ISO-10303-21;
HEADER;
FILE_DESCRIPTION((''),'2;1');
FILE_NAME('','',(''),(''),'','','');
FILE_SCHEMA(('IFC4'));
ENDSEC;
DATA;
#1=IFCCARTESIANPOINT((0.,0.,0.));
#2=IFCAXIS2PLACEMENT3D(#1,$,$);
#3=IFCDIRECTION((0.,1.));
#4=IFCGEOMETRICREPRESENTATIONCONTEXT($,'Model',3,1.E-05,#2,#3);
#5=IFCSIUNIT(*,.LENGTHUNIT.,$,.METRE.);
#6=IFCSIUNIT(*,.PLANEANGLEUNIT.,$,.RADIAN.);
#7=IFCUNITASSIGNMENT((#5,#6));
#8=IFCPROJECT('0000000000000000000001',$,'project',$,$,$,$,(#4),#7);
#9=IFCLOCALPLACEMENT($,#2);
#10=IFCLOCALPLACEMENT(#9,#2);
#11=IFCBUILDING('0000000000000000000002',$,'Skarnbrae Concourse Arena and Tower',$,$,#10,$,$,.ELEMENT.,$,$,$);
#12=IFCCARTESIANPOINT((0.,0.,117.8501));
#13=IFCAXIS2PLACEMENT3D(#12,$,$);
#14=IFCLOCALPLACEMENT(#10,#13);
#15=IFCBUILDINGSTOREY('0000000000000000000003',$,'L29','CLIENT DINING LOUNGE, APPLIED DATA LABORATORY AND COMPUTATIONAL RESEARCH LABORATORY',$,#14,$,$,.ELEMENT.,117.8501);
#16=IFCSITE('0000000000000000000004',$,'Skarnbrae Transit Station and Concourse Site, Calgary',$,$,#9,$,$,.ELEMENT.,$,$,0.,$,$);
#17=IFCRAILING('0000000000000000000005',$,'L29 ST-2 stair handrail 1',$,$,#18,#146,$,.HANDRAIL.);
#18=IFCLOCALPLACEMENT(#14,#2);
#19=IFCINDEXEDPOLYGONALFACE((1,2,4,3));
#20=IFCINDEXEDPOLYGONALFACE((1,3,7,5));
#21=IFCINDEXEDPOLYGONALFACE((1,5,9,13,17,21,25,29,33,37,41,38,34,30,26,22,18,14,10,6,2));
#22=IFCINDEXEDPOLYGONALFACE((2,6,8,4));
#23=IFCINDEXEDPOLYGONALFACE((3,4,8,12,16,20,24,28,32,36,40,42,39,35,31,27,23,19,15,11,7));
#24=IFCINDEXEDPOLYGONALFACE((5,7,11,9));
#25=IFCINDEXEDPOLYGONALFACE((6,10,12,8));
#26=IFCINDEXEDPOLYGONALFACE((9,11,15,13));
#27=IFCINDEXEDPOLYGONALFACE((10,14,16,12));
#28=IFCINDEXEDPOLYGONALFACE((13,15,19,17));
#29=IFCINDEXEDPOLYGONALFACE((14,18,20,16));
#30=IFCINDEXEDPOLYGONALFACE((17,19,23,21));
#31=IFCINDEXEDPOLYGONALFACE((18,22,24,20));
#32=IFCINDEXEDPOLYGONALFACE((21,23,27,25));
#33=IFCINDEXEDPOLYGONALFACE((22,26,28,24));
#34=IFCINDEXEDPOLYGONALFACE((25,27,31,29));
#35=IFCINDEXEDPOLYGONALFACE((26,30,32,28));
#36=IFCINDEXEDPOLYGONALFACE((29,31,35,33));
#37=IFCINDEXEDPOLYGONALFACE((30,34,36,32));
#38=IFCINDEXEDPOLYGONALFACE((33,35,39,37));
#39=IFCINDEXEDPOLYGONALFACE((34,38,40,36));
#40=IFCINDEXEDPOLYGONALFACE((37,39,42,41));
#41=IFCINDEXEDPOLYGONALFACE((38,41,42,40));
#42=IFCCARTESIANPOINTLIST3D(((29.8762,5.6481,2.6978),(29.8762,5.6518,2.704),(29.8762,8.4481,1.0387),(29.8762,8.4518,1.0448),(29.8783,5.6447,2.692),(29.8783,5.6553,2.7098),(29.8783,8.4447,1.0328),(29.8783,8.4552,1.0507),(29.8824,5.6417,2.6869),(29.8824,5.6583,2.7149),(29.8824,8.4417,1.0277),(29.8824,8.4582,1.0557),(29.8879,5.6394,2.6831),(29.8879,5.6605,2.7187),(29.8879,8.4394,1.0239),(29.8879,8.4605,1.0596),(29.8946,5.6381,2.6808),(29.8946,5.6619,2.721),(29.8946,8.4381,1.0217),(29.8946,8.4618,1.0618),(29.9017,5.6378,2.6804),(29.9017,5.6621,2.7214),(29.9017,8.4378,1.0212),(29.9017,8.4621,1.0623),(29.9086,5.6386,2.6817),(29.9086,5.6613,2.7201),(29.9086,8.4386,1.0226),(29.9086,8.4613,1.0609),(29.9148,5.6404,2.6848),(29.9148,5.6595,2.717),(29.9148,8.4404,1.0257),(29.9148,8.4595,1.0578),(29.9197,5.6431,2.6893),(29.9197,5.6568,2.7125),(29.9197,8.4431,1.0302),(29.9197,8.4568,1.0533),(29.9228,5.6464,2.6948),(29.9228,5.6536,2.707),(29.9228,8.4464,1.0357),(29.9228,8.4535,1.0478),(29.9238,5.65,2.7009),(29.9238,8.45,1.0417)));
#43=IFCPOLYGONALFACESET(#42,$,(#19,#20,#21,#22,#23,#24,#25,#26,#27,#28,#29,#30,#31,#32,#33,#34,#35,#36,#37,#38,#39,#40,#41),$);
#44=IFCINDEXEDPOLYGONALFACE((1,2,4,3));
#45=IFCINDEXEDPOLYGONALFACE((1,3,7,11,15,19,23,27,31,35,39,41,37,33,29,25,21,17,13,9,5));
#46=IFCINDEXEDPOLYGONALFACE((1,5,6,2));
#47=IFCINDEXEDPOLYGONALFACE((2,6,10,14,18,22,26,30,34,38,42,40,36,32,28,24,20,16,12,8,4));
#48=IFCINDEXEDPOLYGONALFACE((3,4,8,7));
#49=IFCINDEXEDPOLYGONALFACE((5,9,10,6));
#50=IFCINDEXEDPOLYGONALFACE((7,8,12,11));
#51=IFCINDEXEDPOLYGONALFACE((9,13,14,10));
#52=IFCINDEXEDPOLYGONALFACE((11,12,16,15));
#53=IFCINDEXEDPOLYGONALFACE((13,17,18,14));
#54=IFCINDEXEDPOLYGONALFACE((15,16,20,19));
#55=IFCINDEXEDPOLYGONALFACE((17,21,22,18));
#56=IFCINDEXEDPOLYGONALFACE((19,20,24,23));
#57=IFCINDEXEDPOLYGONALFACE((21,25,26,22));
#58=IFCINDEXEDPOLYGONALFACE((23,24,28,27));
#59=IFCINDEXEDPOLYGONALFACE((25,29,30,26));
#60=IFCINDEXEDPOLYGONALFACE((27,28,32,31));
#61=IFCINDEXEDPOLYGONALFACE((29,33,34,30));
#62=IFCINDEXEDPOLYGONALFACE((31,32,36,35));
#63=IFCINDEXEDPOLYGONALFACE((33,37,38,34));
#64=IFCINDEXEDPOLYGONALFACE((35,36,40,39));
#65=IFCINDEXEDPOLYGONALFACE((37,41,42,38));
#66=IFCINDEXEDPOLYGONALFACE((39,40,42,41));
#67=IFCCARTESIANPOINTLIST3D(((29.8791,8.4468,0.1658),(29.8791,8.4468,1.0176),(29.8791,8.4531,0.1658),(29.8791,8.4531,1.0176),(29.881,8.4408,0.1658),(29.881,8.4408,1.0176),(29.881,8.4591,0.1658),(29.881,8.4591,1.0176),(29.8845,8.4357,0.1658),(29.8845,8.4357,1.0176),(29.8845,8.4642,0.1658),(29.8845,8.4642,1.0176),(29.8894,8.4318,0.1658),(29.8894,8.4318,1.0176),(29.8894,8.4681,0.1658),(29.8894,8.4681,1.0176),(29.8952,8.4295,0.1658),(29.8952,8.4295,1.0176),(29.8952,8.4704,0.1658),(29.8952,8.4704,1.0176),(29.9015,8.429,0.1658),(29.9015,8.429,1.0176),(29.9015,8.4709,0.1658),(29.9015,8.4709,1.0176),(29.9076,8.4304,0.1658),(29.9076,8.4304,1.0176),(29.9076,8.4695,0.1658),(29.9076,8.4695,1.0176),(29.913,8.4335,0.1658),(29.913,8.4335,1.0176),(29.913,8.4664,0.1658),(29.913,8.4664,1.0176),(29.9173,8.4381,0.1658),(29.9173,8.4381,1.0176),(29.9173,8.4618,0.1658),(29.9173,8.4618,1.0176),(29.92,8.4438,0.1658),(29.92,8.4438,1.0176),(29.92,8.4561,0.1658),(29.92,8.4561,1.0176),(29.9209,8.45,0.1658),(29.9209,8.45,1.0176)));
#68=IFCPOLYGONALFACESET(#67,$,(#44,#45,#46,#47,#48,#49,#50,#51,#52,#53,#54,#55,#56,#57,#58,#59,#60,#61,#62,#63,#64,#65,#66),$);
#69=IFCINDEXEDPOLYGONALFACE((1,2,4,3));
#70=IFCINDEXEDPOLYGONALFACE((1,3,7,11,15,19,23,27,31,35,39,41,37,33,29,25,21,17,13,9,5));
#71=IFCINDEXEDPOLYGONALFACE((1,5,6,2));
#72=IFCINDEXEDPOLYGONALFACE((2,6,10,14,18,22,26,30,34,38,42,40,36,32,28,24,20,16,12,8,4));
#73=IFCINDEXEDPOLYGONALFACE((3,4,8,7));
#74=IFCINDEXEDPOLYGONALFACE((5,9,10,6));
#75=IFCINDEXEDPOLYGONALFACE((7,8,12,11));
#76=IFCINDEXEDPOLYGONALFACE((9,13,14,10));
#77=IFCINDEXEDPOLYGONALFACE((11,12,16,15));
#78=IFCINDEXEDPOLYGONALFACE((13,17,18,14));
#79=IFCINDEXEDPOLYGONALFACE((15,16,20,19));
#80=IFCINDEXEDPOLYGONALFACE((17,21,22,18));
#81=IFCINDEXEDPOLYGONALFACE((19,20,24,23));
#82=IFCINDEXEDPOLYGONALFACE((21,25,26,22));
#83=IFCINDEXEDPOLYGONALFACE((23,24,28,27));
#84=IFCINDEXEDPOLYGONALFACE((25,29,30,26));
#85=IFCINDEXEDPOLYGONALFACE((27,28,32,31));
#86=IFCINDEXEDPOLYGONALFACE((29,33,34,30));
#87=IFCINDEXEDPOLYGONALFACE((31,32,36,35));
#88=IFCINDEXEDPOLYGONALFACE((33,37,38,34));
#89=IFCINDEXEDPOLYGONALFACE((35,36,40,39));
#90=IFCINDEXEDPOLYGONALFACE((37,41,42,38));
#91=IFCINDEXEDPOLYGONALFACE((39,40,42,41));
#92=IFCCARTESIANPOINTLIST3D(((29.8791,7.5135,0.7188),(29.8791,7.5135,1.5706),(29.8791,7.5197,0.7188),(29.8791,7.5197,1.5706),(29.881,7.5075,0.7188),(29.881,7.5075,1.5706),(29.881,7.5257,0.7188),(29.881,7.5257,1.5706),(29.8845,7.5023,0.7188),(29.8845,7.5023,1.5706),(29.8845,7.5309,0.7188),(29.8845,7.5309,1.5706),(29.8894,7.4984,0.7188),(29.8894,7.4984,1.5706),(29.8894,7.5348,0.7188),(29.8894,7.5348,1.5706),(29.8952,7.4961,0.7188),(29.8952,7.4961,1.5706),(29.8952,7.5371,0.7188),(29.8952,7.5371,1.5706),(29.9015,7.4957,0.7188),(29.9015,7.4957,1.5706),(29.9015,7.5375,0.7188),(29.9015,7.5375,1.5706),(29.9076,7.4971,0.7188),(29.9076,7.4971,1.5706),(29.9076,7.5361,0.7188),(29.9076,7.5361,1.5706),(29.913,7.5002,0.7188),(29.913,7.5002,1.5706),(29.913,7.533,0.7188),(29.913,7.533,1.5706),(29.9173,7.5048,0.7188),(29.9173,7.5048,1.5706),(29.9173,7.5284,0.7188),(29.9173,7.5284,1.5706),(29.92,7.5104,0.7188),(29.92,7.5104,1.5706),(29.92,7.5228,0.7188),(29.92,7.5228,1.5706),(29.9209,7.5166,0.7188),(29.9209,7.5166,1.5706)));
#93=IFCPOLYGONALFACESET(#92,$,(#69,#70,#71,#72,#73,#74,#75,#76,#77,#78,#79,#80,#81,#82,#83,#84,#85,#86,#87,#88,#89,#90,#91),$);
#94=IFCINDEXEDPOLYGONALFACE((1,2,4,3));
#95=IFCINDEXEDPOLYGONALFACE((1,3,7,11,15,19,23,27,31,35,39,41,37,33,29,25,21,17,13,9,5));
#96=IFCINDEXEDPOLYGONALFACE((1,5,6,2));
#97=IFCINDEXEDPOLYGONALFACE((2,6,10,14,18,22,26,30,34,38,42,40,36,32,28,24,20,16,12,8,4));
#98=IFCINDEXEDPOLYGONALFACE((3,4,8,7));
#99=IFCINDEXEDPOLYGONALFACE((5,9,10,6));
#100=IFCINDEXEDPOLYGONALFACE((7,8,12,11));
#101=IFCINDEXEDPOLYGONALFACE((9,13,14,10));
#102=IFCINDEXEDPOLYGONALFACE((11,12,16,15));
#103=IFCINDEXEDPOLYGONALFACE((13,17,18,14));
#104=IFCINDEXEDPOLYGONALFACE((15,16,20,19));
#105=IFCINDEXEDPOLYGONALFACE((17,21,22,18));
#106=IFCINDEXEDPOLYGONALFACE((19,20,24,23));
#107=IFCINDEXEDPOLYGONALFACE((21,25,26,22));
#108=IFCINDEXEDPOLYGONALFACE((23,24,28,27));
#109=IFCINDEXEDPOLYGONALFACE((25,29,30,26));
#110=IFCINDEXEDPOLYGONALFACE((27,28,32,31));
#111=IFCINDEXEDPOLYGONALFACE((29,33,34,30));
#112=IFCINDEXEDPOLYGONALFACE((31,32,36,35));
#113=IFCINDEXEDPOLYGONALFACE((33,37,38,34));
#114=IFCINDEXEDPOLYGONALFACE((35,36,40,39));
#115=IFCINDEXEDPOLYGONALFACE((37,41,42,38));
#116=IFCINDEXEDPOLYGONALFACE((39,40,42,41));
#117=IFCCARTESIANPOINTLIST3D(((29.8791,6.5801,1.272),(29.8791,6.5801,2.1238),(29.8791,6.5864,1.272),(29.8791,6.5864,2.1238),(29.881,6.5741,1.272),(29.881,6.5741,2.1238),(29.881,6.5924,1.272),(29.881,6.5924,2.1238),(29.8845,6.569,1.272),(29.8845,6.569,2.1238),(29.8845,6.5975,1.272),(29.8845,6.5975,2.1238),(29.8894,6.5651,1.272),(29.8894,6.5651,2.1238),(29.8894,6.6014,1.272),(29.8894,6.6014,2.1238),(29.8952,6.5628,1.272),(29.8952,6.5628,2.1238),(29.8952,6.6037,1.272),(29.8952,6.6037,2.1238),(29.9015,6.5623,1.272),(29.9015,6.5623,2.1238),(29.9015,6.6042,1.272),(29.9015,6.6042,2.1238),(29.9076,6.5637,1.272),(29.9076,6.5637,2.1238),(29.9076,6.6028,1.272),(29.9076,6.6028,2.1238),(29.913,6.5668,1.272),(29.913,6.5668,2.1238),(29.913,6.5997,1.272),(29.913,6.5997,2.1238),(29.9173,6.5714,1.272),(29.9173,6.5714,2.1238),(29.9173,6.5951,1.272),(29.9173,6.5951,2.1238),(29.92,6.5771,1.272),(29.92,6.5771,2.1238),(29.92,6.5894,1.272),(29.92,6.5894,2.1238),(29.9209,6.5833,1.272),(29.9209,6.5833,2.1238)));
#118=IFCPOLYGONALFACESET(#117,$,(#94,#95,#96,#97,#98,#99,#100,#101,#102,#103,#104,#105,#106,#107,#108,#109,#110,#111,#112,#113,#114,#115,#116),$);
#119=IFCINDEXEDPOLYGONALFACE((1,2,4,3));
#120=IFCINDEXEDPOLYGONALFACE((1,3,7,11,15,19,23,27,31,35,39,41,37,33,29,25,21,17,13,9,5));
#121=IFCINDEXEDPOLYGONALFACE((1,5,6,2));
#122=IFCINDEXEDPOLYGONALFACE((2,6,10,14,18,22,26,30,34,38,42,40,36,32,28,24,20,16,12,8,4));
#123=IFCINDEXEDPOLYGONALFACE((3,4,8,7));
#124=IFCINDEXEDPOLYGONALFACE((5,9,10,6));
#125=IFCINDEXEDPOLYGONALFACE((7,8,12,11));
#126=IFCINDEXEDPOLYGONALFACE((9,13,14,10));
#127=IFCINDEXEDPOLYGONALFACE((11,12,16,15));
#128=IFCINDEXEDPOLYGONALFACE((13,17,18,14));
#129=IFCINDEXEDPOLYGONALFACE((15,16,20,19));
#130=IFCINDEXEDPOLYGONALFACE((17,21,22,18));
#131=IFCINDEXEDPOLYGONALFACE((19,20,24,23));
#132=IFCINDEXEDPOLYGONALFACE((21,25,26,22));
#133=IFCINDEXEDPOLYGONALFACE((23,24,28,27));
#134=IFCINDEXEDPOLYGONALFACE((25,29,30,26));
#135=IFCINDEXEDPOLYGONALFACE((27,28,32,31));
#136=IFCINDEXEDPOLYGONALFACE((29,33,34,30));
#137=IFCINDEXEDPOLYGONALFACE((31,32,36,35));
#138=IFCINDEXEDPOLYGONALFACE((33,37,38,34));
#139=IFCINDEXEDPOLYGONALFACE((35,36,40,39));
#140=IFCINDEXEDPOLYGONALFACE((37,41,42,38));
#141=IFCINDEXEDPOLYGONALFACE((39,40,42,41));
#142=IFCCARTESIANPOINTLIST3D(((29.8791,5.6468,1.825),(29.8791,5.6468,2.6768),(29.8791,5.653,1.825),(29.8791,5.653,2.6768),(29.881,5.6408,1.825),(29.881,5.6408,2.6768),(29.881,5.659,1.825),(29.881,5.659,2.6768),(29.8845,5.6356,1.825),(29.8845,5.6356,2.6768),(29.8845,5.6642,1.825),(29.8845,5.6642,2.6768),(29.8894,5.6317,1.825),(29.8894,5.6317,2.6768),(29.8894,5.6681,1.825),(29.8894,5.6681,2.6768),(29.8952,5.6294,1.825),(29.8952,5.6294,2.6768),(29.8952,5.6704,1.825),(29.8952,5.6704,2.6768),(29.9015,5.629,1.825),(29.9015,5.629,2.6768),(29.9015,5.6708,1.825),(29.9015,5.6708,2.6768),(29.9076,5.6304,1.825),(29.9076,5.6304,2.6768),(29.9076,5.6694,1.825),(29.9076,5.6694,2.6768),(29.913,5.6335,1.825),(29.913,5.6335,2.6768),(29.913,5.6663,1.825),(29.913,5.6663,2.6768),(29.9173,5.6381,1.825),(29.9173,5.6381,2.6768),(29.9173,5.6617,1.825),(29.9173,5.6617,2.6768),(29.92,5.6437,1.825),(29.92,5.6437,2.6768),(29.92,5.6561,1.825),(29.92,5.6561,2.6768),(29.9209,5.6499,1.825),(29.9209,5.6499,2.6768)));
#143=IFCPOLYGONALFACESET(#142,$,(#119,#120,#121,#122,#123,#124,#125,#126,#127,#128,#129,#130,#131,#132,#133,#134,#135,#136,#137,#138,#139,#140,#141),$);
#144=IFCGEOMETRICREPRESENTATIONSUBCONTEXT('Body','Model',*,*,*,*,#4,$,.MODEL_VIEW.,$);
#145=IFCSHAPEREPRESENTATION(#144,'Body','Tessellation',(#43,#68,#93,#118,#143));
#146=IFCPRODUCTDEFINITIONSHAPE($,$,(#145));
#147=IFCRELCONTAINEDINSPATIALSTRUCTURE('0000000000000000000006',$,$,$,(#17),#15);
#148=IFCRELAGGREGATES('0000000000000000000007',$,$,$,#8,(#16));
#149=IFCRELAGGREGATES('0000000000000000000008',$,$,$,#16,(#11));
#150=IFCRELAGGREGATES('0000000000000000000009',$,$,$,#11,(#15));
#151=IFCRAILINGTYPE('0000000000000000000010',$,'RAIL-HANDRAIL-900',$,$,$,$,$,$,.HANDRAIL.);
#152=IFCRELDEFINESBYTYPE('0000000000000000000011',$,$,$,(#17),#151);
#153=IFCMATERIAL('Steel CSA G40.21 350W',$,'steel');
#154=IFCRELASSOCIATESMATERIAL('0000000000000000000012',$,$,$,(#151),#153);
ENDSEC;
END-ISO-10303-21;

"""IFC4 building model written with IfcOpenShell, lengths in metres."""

from ifc_helpers import new_model, si_unit, direction, frame, origin, origin_2d, place, context, subcontext, project, spatial, circle, extrude, material, type_object, element, save


model = new_model("IFC4")

# Units and contexts
model_context = context("Model", 3, precision=1e-05, world=origin(), true_north=direction((0.0, 1.0)))
body_context = subcontext(model_context, "Body", "Model", "MODEL_VIEW")
ifc_project = project(units=[si_unit("LENGTHUNIT", "METRE"), si_unit("PLANEANGLEUNIT", "RADIAN")], contexts=[model_context])

# Site, building, storey
site_placement = place(None, origin())
site = spatial("IfcSite", under=ifc_project, at=site_placement, Name="Skarnbrae Transit Station and Concourse Site, Calgary", CompositionType="ELEMENT", RefElevation=0.0)
building_placement = place(site_placement, origin())
building = spatial("IfcBuilding", under=site, at=building_placement, Name="Skarnbrae Concourse Arena and Tower", CompositionType="ELEMENT")
storey_placement = place(building_placement, frame((0.0, 0.0, 117.8501)))
storey = spatial("IfcBuildingStorey", under=building, at=storey_placement, Name="L29", Description="CLIENT DINING LOUNGE, APPLIED DATA LABORATORY AND COMPUTATIONAL RESEARCH LABORATORY", CompositionType="ELEMENT", Elevation=117.8501)

# Shared definitions
ifc_material_1 = material(Name="Steel CSA G40.21 350W", Category="steel")

# Railing
railing_type_1 = type_object("IfcRailingType", Name="RAIL-HANDRAIL-900", PredefinedType="HANDRAIL", material=ifc_material_1)
railing_1_placement = place(storey_placement, frame((29.8999, 8.45, 0.1658)))
element("IfcRailing", 1, at=railing_1_placement, inside=storey, type_object=railing_type_1, Name="L29 ST-2 stair handrail 1", PredefinedType="HANDRAIL", context=body_context, shape_type="SweptSolid", body=[
    extrude(circle(Radius=0.0239, at=origin_2d()), frame((0.0, 0.0, 0.876), z_axis=(0.0, -0.860306, 0.509778), x_axis=(1.0, 0.0, 0.0)), (0.0, 0.0, 1.0), 3.2546),
    extrude(circle(Radius=0.021, at=origin_2d()), origin(), (0.0, 0.0, 1.0), 0.8518),
    extrude(circle(Radius=0.021, at=origin_2d()), frame((0.0, -0.9333, 0.553)), (0.0, 0.0, 1.0), 0.8518),
    extrude(circle(Radius=0.021, at=origin_2d()), frame((0.0, -1.8667, 1.1062)), (0.0, 0.0, 1.0), 0.8518),
    extrude(circle(Radius=0.021, at=origin_2d()), frame((0.0, -2.8, 1.6592)), (0.0, 0.0, 1.0), 0.8518),
])

save(model, "model.ifc")
